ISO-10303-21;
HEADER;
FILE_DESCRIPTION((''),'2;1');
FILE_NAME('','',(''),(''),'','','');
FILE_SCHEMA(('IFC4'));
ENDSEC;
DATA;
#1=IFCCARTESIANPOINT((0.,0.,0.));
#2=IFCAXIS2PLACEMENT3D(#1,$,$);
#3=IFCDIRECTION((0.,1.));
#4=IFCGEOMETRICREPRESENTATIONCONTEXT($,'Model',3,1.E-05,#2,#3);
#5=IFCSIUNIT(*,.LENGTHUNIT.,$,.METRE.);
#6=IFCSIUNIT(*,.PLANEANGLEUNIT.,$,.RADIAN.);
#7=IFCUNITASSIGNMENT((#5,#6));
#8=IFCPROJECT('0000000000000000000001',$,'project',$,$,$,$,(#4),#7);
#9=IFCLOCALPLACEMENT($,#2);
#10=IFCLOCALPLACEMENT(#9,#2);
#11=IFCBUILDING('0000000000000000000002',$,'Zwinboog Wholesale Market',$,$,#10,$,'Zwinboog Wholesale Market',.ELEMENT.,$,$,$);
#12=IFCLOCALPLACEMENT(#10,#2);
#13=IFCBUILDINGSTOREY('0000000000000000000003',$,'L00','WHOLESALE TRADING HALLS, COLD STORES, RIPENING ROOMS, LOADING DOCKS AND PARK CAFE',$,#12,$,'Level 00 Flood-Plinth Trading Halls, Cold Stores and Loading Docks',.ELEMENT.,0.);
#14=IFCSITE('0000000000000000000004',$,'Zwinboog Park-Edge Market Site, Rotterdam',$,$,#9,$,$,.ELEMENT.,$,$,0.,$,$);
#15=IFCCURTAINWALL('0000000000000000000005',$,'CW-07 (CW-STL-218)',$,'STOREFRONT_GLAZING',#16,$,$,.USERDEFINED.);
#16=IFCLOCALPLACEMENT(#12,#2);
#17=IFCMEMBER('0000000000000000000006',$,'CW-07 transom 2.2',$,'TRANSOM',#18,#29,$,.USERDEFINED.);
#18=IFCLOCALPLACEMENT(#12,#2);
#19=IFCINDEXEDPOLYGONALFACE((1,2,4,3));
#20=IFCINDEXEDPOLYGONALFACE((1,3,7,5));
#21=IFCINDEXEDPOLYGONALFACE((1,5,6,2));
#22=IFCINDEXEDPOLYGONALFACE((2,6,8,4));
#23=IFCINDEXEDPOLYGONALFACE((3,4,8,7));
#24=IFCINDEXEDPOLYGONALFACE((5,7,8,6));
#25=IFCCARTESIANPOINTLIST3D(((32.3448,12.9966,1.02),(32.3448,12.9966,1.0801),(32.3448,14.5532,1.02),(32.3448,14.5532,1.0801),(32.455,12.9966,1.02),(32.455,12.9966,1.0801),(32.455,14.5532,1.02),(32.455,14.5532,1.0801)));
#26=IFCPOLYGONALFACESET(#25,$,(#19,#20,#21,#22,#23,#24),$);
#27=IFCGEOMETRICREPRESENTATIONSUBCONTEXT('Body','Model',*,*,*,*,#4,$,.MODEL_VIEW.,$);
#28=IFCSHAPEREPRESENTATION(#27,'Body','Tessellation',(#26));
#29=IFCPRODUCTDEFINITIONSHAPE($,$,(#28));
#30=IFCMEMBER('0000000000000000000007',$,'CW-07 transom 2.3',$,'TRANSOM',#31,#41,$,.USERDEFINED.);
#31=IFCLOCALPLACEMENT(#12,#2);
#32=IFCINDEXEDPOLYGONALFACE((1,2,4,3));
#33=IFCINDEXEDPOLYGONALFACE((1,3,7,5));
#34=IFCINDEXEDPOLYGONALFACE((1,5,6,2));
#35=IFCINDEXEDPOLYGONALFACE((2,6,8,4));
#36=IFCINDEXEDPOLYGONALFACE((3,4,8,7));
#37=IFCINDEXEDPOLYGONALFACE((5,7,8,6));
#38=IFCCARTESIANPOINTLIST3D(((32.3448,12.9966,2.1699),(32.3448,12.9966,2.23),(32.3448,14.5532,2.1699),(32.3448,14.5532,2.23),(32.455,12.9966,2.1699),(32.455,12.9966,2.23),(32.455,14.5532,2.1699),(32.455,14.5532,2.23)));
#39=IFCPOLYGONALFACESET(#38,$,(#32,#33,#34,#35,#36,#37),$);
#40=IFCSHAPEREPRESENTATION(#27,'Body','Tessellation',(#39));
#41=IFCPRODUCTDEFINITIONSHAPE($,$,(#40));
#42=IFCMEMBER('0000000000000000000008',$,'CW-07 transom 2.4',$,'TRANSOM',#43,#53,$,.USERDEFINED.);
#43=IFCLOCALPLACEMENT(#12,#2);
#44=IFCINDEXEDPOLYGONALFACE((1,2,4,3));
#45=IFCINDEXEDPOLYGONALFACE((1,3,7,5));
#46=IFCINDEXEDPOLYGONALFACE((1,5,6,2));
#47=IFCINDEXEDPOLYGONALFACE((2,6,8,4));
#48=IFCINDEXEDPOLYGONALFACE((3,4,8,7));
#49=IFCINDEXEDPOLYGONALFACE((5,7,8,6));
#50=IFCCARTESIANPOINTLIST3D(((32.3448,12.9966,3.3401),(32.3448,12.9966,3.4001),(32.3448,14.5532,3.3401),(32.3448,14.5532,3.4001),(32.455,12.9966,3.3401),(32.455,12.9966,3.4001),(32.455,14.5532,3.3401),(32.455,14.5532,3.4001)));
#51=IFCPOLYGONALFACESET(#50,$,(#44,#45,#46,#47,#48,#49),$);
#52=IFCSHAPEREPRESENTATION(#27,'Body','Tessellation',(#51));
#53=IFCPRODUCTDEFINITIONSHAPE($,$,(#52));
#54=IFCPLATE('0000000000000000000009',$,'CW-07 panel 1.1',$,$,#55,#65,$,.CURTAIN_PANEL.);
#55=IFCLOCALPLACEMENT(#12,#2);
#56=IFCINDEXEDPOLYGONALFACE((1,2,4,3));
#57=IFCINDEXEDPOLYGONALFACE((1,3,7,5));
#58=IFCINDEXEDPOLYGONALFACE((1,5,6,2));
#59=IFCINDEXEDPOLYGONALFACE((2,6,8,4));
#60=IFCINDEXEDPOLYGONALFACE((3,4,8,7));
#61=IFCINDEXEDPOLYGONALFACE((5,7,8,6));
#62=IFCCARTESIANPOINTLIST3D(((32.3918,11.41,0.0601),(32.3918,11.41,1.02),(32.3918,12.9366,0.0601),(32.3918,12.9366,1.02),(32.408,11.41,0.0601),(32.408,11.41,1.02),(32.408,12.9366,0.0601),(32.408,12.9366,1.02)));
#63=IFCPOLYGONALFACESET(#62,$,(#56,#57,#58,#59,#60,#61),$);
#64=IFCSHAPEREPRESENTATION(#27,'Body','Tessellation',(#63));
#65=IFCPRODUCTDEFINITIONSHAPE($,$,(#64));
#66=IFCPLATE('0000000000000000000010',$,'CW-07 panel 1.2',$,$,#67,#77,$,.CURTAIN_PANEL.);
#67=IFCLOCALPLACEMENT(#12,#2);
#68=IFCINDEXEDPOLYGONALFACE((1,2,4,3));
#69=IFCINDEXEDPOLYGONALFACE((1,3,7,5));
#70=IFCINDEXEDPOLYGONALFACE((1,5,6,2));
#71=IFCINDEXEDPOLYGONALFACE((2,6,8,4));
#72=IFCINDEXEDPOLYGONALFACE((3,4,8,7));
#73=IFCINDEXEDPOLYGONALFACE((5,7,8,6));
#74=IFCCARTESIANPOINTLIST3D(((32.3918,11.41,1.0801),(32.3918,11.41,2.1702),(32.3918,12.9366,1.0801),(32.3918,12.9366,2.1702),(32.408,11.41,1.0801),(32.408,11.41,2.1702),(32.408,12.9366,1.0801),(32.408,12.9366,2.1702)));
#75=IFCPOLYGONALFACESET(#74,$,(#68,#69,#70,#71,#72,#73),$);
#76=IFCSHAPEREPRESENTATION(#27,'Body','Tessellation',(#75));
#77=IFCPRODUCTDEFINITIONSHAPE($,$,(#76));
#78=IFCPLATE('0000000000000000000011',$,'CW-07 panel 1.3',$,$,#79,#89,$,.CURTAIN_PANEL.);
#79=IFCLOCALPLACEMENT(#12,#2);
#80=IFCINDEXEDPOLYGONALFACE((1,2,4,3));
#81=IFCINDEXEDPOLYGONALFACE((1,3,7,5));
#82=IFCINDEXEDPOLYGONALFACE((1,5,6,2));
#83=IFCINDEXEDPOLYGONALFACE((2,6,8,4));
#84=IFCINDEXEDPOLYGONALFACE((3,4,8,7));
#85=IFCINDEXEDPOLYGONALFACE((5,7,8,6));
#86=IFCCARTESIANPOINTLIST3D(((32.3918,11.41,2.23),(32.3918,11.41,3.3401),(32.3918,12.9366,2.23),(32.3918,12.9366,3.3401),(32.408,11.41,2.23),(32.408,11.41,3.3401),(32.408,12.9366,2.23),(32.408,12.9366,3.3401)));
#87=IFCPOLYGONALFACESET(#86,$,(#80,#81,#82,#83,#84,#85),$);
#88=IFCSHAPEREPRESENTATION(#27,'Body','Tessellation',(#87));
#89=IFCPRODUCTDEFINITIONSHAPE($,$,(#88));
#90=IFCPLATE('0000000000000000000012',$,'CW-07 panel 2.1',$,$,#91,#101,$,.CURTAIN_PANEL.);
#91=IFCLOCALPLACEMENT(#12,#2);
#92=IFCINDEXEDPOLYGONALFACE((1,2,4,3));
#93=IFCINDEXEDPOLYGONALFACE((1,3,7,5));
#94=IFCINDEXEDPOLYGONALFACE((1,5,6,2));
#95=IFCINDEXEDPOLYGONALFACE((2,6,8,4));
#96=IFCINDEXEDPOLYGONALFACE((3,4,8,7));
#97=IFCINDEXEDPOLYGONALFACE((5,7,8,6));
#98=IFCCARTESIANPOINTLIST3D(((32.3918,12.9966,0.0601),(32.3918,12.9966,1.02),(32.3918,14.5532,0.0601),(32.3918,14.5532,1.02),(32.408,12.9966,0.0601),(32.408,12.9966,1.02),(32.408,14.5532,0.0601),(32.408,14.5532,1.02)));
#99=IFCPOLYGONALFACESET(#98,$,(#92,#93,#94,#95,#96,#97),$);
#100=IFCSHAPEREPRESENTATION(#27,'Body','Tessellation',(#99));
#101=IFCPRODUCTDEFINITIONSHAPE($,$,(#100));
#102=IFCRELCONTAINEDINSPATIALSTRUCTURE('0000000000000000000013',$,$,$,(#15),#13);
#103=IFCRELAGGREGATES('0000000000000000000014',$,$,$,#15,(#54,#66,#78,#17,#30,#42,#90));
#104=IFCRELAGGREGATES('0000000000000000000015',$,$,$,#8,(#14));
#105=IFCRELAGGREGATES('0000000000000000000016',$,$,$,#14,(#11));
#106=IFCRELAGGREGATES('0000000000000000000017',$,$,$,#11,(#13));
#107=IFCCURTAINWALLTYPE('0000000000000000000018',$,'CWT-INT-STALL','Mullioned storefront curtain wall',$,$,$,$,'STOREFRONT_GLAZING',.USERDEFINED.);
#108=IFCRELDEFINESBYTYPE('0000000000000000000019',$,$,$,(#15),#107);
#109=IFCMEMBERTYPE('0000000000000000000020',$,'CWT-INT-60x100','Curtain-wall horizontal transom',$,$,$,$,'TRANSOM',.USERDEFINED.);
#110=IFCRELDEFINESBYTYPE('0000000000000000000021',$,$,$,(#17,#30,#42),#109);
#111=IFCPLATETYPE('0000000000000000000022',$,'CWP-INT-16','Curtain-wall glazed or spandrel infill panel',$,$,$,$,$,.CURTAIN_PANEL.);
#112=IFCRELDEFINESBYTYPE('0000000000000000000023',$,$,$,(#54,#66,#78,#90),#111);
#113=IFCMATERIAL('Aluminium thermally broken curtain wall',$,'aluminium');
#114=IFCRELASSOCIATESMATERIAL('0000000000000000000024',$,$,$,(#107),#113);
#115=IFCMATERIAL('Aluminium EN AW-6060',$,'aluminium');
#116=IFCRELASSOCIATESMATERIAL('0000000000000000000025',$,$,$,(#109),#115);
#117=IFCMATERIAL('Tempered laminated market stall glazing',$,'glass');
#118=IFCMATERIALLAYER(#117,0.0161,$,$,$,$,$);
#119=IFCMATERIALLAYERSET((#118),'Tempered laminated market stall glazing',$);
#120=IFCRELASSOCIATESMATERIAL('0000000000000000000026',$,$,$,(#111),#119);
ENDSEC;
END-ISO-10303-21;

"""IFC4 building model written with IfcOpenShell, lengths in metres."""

from ifc_helpers import new_model, si_unit, direction, frame, origin, origin_2d, place, context, subcontext, project, spatial, rectangle, extrude, material, layer, layer_set, material_profile, profile_set, type_object, element, aggregate, save


model = new_model("IFC4")

# Units and contexts
model_context = context("Model", 3, precision=1e-05, world=origin(), true_north=direction((0.0, 1.0)))
body_context = subcontext(model_context, "Body", "Model", "MODEL_VIEW")
ifc_project = project(units=[si_unit("LENGTHUNIT", "METRE"), si_unit("PLANEANGLEUNIT", "RADIAN")], contexts=[model_context])

# Site, building, storey
site_placement = place(None, origin())
site = spatial("IfcSite", under=ifc_project, at=site_placement, Name="Zwinboog Park-Edge Market Site, Rotterdam", CompositionType="ELEMENT", RefElevation=0.0)
building_placement = place(site_placement, origin())
building = spatial("IfcBuilding", under=site, at=building_placement, Name="Zwinboog Wholesale Market", LongName="Zwinboog Wholesale Market", CompositionType="ELEMENT")
storey_placement = place(building_placement, origin())
storey = spatial("IfcBuildingStorey", under=building, at=storey_placement, Name="L00", Description="WHOLESALE TRADING HALLS, COLD STORES, RIPENING ROOMS, LOADING DOCKS AND PARK CAFE", LongName="Level 00 Flood-Plinth Trading Halls, Cold Stores and Loading Docks", CompositionType="ELEMENT", Elevation=0.0)

# Curtain wall, members, plates
ifc_material_1 = material(Name="Aluminium thermally broken curtain wall", Category="aluminium")
curtain_wall_type = type_object("IfcCurtainWallType", Name="CWT-INT-STALL", Description="Mullioned storefront curtain wall", ElementType="STOREFRONT_GLAZING", PredefinedType="USERDEFINED", material=ifc_material_1)
curtain_wall_placement = place(storey_placement, origin())
curtain_wall = element("IfcCurtainWall", 1, at=curtain_wall_placement, inside=storey, type_object=curtain_wall_type, Name="CW-07 (CW-STL-218)", ObjectType="STOREFRONT_GLAZING", PredefinedType="USERDEFINED")
ifc_material_2 = material(Name="Aluminium EN AW-6060", Category="aluminium")
ifc_material_profile_1 = material_profile(ifc_material_2, rectangle(XDim=0.1101, YDim=0.0601, at=origin_2d()), Name="AL 60x110")
ifc_profile_set_1 = profile_set([ifc_material_profile_1], Name="Aluminium EN AW-6060")
member_type_1 = type_object("IfcMemberType", Name="CWT-INT-60x100", Description="Curtain-wall horizontal transom", ElementType="TRANSOM", PredefinedType="USERDEFINED", material=ifc_profile_set_1)
member_1_placement = place(storey_placement, frame((32.3999, 12.9966, 1.05), z_axis=(0.0, 1.0, 0.0), x_axis=(-1.0, 0.0, 0.0)))
member_1 = element("IfcMember", 2, at=member_1_placement, type_object=member_type_1, Name="CW-07 transom 2.2", ObjectType="TRANSOM", PredefinedType="USERDEFINED", context=body_context, shape_type="SweptSolid", body=[
    extrude(rectangle(XDim=0.1101, YDim=0.0601, at=origin_2d()), origin(), (0.0, 0.0, 1.0), 1.5566),
])
member_2_placement = place(storey_placement, frame((32.3999, 12.9966, 2.2), z_axis=(0.0, 1.0, 0.0), x_axis=(-1.0, 0.0, 0.0)))
member_2 = element("IfcMember", 3, at=member_2_placement, type_object=member_type_1, Name="CW-07 transom 2.3", ObjectType="TRANSOM", PredefinedType="USERDEFINED", context=body_context, shape_type="SweptSolid", body=[
    extrude(rectangle(XDim=0.1101, YDim=0.0601, at=origin_2d()), origin(), (0.0, 0.0, 1.0), 1.5566),
])
member_3_placement = place(storey_placement, frame((32.3999, 12.9966, 3.3701), z_axis=(0.0, 1.0, 0.0), x_axis=(-1.0, 0.0, 0.0)))
member_3 = element("IfcMember", 4, at=member_3_placement, type_object=member_type_1, Name="CW-07 transom 2.4", ObjectType="TRANSOM", PredefinedType="USERDEFINED", context=body_context, shape_type="SweptSolid", body=[
    extrude(rectangle(XDim=0.1101, YDim=0.0601, at=origin_2d()), origin(), (0.0, 0.0, 1.0), 1.5566),
])
ifc_material_3 = material(Name="Tempered laminated market stall glazing", Category="glass")
ifc_layer = layer(ifc_material_3, 0.0161)
ifc_layer_set = layer_set([ifc_layer], Name="Tempered laminated market stall glazing")
plate_type = type_object("IfcPlateType", Name="CWP-INT-16", Description="Curtain-wall glazed or spandrel infill panel", PredefinedType="CURTAIN_PANEL", material=ifc_layer_set)
plate_1_placement = place(storey_placement, frame((32.3999, 12.1733, 0.0601), z_axis=(0.0, 0.0, 1.0), x_axis=(0.0, 1.0, 0.0)))
plate_1 = element("IfcPlate", 5, at=plate_1_placement, type_object=plate_type, Name="CW-07 panel 1.1", PredefinedType="CURTAIN_PANEL", context=body_context, shape_type="SweptSolid", body=[
    extrude(rectangle(XDim=1.5266, YDim=0.0161, at=origin_2d()), origin(), (0.0, 0.0, 1.0), 0.96),
])
plate_2_placement = place(storey_placement, frame((32.3999, 12.1733, 1.0801), z_axis=(0.0, 0.0, 1.0), x_axis=(0.0, 1.0, 0.0)))
plate_2 = element("IfcPlate", 6, at=plate_2_placement, type_object=plate_type, Name="CW-07 panel 1.2", PredefinedType="CURTAIN_PANEL", context=body_context, shape_type="SweptSolid", body=[
    extrude(rectangle(XDim=1.5266, YDim=0.0161, at=origin_2d()), origin(), (0.0, 0.0, 1.0), 1.0901),
])
plate_3_placement = place(storey_placement, frame((32.3999, 12.1733, 2.23), z_axis=(0.0, 0.0, 1.0), x_axis=(0.0, 1.0, 0.0)))
plate_3 = element("IfcPlate", 7, at=plate_3_placement, type_object=plate_type, Name="CW-07 panel 1.3", PredefinedType="CURTAIN_PANEL", context=body_context, shape_type="SweptSolid", body=[
    extrude(rectangle(XDim=1.5266, YDim=0.0161, at=origin_2d()), origin(), (0.0, 0.0, 1.0), 1.1101),
])
plate_4_placement = place(storey_placement, frame((32.3999, 13.7749, 0.0601), z_axis=(0.0, 0.0, 1.0), x_axis=(0.0, 1.0, 0.0)))
plate_4 = element("IfcPlate", 8, at=plate_4_placement, type_object=plate_type, Name="CW-07 panel 2.1", PredefinedType="CURTAIN_PANEL", context=body_context, shape_type="SweptSolid", body=[
    extrude(rectangle(XDim=1.5566, YDim=0.0161, at=origin_2d()), origin(), (0.0, 0.0, 1.0), 0.96),
])
aggregate(curtain_wall, [plate_1, plate_2, plate_3, member_1, member_2, member_3, plate_4])

save(model, "model.ifc")
